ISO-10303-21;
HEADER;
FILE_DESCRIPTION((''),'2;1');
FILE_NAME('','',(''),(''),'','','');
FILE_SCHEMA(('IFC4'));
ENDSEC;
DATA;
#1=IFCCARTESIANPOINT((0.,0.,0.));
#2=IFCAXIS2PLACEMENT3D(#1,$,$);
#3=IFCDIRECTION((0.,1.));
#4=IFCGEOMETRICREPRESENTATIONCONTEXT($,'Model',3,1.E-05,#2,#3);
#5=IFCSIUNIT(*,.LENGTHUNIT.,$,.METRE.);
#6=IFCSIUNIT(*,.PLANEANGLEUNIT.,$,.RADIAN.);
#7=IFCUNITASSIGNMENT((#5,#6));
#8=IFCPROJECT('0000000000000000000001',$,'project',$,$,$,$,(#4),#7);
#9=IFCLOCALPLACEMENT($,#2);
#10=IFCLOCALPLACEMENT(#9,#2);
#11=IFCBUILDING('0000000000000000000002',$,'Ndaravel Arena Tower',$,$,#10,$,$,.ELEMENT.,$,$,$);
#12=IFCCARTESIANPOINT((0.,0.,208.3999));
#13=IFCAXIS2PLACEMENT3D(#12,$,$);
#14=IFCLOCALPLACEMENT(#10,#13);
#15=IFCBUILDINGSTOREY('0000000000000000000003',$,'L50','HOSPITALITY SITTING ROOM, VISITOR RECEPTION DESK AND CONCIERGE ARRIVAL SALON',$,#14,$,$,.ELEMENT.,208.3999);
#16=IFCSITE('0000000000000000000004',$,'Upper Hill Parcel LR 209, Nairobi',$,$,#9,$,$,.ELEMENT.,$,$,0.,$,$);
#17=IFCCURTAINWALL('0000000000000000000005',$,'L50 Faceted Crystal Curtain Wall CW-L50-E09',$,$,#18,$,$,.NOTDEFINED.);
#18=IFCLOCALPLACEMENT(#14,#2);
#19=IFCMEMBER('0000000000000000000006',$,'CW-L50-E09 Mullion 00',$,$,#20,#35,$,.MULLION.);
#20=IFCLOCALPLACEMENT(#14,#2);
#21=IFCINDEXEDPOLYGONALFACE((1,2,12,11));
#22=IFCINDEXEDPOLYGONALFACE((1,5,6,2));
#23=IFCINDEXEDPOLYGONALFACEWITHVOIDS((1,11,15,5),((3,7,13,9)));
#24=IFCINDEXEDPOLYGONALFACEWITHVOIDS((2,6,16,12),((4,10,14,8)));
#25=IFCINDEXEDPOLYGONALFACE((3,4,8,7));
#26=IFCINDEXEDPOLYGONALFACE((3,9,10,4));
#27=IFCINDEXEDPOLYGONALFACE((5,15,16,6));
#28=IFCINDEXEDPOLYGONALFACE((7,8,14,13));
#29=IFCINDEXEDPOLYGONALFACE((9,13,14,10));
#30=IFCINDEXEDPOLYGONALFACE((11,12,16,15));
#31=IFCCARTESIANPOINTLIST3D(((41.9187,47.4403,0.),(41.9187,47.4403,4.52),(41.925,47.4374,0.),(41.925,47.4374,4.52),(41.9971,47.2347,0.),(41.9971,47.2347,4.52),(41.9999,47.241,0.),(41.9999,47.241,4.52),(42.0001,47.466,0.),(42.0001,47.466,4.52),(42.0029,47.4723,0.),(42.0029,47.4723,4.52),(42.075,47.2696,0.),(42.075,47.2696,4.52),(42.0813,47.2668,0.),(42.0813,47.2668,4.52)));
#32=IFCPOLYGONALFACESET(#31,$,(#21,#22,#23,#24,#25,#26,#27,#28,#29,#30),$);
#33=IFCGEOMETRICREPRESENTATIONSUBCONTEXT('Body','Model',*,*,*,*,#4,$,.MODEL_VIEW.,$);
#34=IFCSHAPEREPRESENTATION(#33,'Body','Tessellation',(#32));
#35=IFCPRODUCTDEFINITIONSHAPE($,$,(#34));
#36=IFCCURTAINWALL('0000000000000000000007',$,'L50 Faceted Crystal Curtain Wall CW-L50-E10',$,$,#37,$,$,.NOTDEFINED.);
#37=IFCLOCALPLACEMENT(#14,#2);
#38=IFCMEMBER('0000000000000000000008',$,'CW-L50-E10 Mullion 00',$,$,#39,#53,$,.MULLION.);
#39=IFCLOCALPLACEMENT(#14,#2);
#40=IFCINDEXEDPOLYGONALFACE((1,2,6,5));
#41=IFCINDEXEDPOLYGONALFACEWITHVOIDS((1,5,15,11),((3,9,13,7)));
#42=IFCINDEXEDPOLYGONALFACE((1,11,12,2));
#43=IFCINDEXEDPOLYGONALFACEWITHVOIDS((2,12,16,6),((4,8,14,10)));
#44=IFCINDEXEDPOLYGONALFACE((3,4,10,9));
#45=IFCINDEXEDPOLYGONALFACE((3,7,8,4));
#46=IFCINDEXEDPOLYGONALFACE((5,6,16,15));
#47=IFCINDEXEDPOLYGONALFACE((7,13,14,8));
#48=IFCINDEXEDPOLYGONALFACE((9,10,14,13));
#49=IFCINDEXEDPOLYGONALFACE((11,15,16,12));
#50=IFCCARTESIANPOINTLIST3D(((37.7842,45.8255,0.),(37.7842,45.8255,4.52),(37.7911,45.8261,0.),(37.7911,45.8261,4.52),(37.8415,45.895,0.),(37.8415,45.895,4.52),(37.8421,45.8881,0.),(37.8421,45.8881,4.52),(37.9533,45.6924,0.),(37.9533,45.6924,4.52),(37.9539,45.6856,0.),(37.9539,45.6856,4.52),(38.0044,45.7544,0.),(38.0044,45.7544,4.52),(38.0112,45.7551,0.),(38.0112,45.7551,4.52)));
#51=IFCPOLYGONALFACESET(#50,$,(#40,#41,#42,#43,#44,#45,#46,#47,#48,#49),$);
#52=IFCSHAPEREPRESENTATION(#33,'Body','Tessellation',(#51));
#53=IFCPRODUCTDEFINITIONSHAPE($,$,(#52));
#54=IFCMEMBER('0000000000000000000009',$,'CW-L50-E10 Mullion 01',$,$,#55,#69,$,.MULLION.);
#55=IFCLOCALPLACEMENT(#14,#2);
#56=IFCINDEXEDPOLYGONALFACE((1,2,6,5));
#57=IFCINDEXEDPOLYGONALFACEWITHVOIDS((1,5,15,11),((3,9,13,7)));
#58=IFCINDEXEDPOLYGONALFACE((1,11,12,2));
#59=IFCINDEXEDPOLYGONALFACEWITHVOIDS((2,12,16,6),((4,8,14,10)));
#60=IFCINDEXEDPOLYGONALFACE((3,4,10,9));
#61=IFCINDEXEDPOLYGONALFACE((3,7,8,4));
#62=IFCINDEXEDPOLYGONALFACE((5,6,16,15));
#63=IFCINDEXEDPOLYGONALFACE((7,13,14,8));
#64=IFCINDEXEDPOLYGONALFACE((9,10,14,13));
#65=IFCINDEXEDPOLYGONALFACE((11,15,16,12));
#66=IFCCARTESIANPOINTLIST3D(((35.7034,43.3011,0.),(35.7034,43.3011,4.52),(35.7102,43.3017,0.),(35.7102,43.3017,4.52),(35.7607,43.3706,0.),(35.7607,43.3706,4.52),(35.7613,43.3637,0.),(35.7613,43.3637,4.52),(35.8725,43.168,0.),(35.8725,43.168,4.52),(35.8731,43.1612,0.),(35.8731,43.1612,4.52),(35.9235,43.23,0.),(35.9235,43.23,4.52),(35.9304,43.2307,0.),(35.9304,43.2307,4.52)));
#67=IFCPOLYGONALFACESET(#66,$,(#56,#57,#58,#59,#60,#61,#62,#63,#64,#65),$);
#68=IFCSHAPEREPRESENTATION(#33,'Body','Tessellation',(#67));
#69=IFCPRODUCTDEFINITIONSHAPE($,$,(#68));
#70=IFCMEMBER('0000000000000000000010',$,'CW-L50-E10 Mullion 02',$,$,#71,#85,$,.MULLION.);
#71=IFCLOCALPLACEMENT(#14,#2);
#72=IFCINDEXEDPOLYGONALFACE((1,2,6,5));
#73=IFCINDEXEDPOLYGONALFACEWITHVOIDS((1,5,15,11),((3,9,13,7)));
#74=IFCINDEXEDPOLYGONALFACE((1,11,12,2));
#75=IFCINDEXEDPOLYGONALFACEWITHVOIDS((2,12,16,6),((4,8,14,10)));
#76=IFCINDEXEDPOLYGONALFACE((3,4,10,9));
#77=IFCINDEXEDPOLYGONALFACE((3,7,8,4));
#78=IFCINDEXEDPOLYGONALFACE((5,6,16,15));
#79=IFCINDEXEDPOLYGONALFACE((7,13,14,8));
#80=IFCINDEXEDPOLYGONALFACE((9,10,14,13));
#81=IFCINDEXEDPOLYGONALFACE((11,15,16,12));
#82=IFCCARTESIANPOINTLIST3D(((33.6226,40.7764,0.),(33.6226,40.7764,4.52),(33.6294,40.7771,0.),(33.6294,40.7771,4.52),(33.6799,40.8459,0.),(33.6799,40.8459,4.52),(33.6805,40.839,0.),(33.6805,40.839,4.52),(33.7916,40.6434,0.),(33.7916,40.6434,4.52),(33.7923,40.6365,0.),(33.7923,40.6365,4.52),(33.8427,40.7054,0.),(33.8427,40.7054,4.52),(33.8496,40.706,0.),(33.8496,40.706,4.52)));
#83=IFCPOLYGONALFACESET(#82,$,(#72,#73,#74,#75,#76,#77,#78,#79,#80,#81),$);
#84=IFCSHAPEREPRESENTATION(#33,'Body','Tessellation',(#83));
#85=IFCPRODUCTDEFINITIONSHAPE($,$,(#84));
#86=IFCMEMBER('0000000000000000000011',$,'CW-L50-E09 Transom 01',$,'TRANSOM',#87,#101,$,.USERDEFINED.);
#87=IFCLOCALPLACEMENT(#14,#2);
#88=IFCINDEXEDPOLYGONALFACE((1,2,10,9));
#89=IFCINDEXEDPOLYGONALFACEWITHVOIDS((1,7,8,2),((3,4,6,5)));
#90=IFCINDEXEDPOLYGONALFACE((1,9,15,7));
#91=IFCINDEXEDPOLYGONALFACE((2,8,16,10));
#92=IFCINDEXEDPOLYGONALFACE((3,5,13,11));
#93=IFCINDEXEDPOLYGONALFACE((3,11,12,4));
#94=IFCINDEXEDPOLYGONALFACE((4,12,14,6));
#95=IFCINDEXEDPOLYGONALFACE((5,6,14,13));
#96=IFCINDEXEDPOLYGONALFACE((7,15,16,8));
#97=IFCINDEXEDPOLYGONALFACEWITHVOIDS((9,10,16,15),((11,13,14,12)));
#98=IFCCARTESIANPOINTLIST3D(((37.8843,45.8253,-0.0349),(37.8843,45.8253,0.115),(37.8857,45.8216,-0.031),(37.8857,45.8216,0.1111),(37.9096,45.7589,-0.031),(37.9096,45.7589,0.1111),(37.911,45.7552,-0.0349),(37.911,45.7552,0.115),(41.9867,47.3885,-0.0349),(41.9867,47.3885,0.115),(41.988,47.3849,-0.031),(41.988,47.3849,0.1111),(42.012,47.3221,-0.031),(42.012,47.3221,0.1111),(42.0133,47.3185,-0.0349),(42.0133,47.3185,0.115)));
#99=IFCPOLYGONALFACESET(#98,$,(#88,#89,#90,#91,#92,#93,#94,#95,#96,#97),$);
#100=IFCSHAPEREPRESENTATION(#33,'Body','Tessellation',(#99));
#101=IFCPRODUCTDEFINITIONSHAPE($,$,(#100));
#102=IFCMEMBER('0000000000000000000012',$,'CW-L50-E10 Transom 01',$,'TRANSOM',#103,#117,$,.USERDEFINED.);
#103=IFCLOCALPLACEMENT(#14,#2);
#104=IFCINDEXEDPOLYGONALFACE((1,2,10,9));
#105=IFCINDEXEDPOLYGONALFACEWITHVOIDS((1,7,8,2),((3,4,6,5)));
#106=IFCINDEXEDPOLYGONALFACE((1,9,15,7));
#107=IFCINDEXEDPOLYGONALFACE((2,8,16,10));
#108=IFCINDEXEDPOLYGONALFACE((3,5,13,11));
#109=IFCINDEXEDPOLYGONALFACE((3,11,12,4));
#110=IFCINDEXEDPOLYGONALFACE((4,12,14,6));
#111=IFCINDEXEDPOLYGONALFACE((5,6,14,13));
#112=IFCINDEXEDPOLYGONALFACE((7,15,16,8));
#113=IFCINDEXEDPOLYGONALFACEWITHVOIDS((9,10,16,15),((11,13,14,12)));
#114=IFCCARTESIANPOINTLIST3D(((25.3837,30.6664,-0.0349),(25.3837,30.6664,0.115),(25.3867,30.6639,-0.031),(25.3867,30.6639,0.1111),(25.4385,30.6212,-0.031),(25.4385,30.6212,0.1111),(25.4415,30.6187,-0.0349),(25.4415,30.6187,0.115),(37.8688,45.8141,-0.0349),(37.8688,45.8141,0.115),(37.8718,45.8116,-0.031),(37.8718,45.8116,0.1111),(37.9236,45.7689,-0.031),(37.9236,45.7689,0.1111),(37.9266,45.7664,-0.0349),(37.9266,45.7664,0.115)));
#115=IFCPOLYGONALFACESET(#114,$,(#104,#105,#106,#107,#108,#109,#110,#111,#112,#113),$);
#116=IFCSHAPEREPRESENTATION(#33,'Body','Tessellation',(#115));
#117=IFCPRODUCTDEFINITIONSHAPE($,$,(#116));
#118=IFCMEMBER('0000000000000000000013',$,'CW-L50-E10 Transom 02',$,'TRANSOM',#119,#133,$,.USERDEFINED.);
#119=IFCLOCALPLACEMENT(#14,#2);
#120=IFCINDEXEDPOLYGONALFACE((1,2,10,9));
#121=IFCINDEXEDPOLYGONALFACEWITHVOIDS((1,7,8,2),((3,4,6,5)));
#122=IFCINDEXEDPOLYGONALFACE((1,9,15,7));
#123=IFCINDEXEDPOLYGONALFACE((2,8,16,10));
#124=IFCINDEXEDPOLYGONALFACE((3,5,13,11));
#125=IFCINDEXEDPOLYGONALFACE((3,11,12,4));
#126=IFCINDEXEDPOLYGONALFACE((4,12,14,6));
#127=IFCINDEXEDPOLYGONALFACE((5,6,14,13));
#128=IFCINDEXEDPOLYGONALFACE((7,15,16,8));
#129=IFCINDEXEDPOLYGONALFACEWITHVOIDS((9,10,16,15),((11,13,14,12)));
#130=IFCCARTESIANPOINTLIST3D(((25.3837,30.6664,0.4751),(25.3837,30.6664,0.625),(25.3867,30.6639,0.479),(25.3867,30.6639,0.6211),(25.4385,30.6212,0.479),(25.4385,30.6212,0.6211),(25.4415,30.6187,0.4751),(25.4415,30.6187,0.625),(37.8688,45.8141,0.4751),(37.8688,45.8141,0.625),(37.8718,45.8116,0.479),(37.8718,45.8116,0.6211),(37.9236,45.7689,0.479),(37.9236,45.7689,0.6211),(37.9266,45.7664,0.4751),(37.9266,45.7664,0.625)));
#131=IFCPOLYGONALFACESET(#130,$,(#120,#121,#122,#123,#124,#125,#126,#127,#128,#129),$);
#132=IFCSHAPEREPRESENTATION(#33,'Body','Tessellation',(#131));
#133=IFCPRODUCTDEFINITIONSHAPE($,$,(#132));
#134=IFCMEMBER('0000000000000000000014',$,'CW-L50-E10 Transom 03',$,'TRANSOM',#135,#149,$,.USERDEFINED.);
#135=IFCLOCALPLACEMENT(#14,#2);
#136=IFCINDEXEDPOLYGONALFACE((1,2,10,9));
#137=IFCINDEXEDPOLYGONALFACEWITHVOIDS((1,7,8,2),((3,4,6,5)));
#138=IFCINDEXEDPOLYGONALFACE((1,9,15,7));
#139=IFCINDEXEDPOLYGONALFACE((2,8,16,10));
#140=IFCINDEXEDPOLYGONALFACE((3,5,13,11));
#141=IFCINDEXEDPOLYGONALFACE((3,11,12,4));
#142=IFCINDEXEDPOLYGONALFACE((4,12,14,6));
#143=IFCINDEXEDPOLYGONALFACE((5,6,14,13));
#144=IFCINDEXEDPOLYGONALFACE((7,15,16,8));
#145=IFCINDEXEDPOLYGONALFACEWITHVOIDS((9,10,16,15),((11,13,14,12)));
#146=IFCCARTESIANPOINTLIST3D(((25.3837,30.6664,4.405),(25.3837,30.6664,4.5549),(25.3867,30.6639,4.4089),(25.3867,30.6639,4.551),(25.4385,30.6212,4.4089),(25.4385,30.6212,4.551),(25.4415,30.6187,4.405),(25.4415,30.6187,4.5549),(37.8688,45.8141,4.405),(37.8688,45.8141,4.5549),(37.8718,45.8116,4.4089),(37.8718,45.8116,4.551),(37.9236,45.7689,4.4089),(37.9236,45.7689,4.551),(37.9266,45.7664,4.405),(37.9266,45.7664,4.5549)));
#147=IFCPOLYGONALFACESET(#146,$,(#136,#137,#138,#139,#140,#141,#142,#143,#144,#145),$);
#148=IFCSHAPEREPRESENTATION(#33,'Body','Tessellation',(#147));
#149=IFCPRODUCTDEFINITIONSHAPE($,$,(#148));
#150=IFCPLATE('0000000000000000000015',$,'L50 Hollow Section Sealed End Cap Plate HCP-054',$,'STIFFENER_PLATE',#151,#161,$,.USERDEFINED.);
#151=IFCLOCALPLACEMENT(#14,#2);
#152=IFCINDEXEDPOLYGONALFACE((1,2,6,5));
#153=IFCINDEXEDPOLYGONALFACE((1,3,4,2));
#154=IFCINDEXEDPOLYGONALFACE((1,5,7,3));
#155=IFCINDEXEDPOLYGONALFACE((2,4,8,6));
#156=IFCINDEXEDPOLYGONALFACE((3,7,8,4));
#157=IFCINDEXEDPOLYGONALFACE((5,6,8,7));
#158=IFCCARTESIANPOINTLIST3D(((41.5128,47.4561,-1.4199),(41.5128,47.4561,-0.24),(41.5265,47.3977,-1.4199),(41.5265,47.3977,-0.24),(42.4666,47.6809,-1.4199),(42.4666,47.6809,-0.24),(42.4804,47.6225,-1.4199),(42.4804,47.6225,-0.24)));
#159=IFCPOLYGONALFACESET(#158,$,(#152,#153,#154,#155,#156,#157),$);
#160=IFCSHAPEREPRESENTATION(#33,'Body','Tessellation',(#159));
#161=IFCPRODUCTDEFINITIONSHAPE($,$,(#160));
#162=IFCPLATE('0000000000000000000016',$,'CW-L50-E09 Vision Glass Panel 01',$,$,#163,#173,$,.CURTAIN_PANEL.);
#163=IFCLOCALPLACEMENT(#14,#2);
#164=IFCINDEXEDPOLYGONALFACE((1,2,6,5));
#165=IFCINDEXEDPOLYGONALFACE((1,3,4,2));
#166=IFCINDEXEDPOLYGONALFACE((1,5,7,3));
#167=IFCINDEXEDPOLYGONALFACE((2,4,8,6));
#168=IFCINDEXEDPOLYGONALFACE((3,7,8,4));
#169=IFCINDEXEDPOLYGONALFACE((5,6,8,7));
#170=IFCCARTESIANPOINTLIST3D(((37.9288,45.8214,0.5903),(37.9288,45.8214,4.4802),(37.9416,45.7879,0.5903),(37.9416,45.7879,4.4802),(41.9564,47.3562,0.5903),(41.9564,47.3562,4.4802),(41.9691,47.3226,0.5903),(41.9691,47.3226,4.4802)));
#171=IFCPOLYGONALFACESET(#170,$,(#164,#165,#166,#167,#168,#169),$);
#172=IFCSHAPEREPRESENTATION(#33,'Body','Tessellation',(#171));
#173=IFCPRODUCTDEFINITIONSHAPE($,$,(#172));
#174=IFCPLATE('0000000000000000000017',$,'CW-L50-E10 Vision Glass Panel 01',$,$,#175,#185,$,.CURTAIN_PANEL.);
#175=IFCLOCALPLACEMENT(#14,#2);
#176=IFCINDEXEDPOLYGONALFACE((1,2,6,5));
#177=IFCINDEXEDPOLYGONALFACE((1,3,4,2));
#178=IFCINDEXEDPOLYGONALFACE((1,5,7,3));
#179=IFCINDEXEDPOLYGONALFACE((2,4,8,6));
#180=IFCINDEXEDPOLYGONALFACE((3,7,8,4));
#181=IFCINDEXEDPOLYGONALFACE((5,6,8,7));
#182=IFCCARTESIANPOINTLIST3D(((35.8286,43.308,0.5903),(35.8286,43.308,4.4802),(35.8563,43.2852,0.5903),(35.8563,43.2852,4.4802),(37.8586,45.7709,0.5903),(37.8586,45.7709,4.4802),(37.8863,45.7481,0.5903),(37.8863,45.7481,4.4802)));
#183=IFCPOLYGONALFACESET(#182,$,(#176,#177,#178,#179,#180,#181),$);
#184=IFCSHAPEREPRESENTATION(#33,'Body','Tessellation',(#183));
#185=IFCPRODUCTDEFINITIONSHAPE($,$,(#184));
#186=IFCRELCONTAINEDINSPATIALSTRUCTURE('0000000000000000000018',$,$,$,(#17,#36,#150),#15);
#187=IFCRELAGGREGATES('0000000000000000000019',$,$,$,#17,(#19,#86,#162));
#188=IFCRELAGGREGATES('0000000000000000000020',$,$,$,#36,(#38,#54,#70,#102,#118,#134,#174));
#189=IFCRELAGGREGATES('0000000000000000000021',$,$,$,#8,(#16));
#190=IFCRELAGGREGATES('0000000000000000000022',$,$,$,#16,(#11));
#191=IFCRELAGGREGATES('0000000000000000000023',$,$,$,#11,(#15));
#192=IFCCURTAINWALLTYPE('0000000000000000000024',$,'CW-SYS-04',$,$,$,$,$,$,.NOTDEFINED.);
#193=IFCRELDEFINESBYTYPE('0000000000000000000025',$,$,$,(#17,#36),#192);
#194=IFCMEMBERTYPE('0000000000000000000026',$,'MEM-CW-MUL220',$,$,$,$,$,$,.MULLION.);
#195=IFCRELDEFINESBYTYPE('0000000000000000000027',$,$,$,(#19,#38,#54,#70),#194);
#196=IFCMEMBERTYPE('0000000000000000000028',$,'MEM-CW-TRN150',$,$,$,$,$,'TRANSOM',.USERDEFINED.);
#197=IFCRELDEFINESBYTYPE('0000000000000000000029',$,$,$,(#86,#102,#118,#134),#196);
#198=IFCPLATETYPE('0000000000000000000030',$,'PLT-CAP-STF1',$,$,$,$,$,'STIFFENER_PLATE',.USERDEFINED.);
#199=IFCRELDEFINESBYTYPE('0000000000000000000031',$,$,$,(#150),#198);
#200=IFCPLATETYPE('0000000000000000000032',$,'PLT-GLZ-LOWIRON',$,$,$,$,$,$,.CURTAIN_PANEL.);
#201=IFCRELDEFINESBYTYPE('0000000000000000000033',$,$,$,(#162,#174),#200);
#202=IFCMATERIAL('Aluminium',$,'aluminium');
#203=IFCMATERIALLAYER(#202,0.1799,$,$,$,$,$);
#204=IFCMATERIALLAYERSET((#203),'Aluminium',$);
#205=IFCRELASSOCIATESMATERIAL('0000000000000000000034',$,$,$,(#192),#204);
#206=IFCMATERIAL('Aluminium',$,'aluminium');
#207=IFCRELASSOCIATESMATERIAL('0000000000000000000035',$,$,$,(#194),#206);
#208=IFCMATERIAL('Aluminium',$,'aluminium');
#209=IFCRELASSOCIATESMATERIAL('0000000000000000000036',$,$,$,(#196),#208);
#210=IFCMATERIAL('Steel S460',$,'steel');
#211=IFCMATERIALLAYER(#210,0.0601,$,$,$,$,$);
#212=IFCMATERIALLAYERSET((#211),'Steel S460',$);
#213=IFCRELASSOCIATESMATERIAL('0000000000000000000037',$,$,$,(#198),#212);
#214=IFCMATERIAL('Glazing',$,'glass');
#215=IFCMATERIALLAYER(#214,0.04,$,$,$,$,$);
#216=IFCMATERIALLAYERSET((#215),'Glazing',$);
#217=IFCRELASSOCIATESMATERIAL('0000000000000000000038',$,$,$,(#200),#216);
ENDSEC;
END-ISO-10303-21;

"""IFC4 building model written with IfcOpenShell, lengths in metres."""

from ifc_helpers import new_model, si_unit, direction, frame, origin, origin_2d, place, context, subcontext, project, spatial, rectangle, hollow_rectangle, extrude, material, layer, layer_set, material_profile, profile_set, type_object, element, aggregate, save


model = new_model("IFC4")

# Units and contexts
model_context = context("Model", 3, precision=1e-05, world=origin(), true_north=direction((0.0, 1.0)))
body_context = subcontext(model_context, "Body", "Model", "MODEL_VIEW")
ifc_project = project(units=[si_unit("LENGTHUNIT", "METRE"), si_unit("PLANEANGLEUNIT", "RADIAN")], contexts=[model_context])

# Site, building, storey
site_placement = place(None, origin())
site = spatial("IfcSite", under=ifc_project, at=site_placement, Name="Upper Hill Parcel LR 209, Nairobi", CompositionType="ELEMENT", RefElevation=0.0)
building_placement = place(site_placement, origin())
building = spatial("IfcBuilding", under=site, at=building_placement, Name="Ndaravel Arena Tower", CompositionType="ELEMENT")
storey_placement = place(building_placement, frame((0.0, 0.0, 208.3999)))
storey = spatial("IfcBuildingStorey", under=building, at=storey_placement, Name="L50", Description="HOSPITALITY SITTING ROOM, VISITOR RECEPTION DESK AND CONCIERGE ARRIVAL SALON", CompositionType="ELEMENT", Elevation=208.3999)

# Curtain wall, member
ifc_material_1 = material(Name="Aluminium", Category="aluminium")
ifc_layer_1 = layer(ifc_material_1, 0.1799)
ifc_layer_set_1 = layer_set([ifc_layer_1], Name="Aluminium")
curtain_wall_type = type_object("IfcCurtainWallType", Name="CW-SYS-04", PredefinedType="NOTDEFINED", material=ifc_layer_set_1)
curtain_wall_1_placement = place(storey_placement, origin())
curtain_wall_1 = element("IfcCurtainWall", 1, at=curtain_wall_1_placement, inside=storey, type_object=curtain_wall_type, Name="L50 Faceted Crystal Curtain Wall CW-L50-E09", PredefinedType="NOTDEFINED")
ifc_material_2 = material(Name="Aluminium", Category="aluminium")
ifc_material_profile_1 = material_profile(ifc_material_2, hollow_rectangle(XDim=0.0901, YDim=0.22, WallThickness=0.0049, at=origin_2d()), Name="CW MULLION 90x220x5")
ifc_profile_set_1 = profile_set([ifc_material_profile_1], Name="Aluminium")
member_type_1 = type_object("IfcMemberType", Name="MEM-CW-MUL220", PredefinedType="MULLION", material=ifc_profile_set_1)
member_1_placement = place(storey_placement, frame((42.0, 47.3535, 0.0), z_axis=(0.0, 0.0, 1.0), x_axis=(-0.934453, -0.356086, 0.0)))
member_1 = element("IfcMember", 2, at=member_1_placement, type_object=member_type_1, Name="CW-L50-E09 Mullion 00", PredefinedType="MULLION", context=body_context, shape_type="SweptSolid", body=[
    extrude(hollow_rectangle(XDim=0.0901, YDim=0.22, WallThickness=0.0049, at=origin_2d()), origin(), (0.0, 0.0, 1.0), 4.52),
])

# Curtain wall, members
curtain_wall_2_placement = place(storey_placement, origin())
curtain_wall_2 = element("IfcCurtainWall", 3, at=curtain_wall_2_placement, inside=storey, type_object=curtain_wall_type, Name="L50 Faceted Crystal Curtain Wall CW-L50-E10", PredefinedType="NOTDEFINED")
member_2_placement = place(storey_placement, frame((37.8977, 45.7903, 0.0), z_axis=(0.0, 0.0, 1.0), x_axis=(-0.636024, -0.771669, 0.0)))
member_2 = element("IfcMember", 4, at=member_2_placement, type_object=member_type_1, Name="CW-L50-E10 Mullion 00", PredefinedType="MULLION", context=body_context, shape_type="SweptSolid", body=[
    extrude(hollow_rectangle(XDim=0.0901, YDim=0.22, WallThickness=0.0049, at=origin_2d()), origin(), (0.0, 0.0, 1.0), 4.52),
])
member_3_placement = place(storey_placement, frame((35.8169, 43.2659, 0.0), z_axis=(0.0, 0.0, 1.0), x_axis=(-0.636024, -0.771669, 0.0)))
member_3 = element("IfcMember", 5, at=member_3_placement, type_object=member_type_1, Name="CW-L50-E10 Mullion 01", PredefinedType="MULLION", context=body_context, shape_type="SweptSolid", body=[
    extrude(hollow_rectangle(XDim=0.0901, YDim=0.22, WallThickness=0.0049, at=origin_2d()), origin(), (0.0, 0.0, 1.0), 4.52),
])
member_4_placement = place(storey_placement, frame((33.7361, 40.7412, 0.0), z_axis=(0.0, 0.0, 1.0), x_axis=(-0.636024, -0.771669, 0.0)))
member_4 = element("IfcMember", 6, at=member_4_placement, type_object=member_type_1, Name="CW-L50-E10 Mullion 02", PredefinedType="MULLION", context=body_context, shape_type="SweptSolid", body=[
    extrude(hollow_rectangle(XDim=0.0901, YDim=0.22, WallThickness=0.0049, at=origin_2d()), origin(), (0.0, 0.0, 1.0), 4.52),
])

# Members
ifc_material_3 = material(Name="Aluminium", Category="aluminium")
ifc_material_profile_2 = material_profile(ifc_material_3, hollow_rectangle(XDim=0.075, YDim=0.1499, WallThickness=0.0039, at=origin_2d()), Name="CW TRANSOM 75x150x4")
ifc_profile_set_2 = profile_set([ifc_material_profile_2], Name="Aluminium")
member_type_2 = type_object("IfcMemberType", Name="MEM-CW-TRN150", ElementType="TRANSOM", PredefinedType="USERDEFINED", material=ifc_profile_set_2)
member_5_placement = place(storey_placement, frame((42.0, 47.3535, 0.04), z_axis=(-0.934453, -0.356086, 0.0), x_axis=(0.356086, -0.934453, 0.0)))
member_5 = element("IfcMember", 7, at=member_5_placement, type_object=member_type_2, Name="CW-L50-E09 Transom 01", ObjectType="TRANSOM", PredefinedType="USERDEFINED", context=body_context, shape_type="SweptSolid", body=[
    extrude(hollow_rectangle(XDim=0.075, YDim=0.1499, WallThickness=0.0039, at=origin_2d()), origin(), (0.0, 0.0, 1.0), 4.3901),
])
member_6_placement = place(storey_placement, frame((37.8977, 45.7903, 0.04), z_axis=(-0.636027, -0.771667, 0.0), x_axis=(0.771667, -0.636027, 0.0)))
member_6 = element("IfcMember", 8, at=member_6_placement, type_object=member_type_2, Name="CW-L50-E10 Transom 01", ObjectType="TRANSOM", PredefinedType="USERDEFINED", context=body_context, shape_type="SweptSolid", body=[
    extrude(hollow_rectangle(XDim=0.075, YDim=0.1499, WallThickness=0.0039, at=origin_2d()), origin(), (0.0, 0.0, 1.0), 19.6299),
])
member_7_placement = place(storey_placement, frame((37.8977, 45.7903, 0.55), z_axis=(-0.636027, -0.771667, 0.0), x_axis=(0.771667, -0.636027, 0.0)))
member_7 = element("IfcMember", 9, at=member_7_placement, type_object=member_type_2, Name="CW-L50-E10 Transom 02", ObjectType="TRANSOM", PredefinedType="USERDEFINED", context=body_context, shape_type="SweptSolid", body=[
    extrude(hollow_rectangle(XDim=0.075, YDim=0.1499, WallThickness=0.0039, at=origin_2d()), origin(), (0.0, 0.0, 1.0), 19.6299),
])
member_8_placement = place(storey_placement, frame((37.8977, 45.7903, 4.48), z_axis=(-0.636027, -0.771667, 0.0), x_axis=(0.771667, -0.636027, 0.0)))
member_8 = element("IfcMember", 10, at=member_8_placement, type_object=member_type_2, Name="CW-L50-E10 Transom 03", ObjectType="TRANSOM", PredefinedType="USERDEFINED", context=body_context, shape_type="SweptSolid", body=[
    extrude(hollow_rectangle(XDim=0.075, YDim=0.1499, WallThickness=0.0039, at=origin_2d()), origin(), (0.0, 0.0, 1.0), 19.6299),
])

# Plates
ifc_material_4 = material(Name="Steel S460", Category="steel")
ifc_layer_2 = layer(ifc_material_4, 0.0601)
ifc_layer_set_2 = layer_set([ifc_layer_2], Name="Steel S460")
plate_type_1 = type_object("IfcPlateType", Name="PLT-CAP-STF1", ElementType="STIFFENER_PLATE", PredefinedType="USERDEFINED", material=ifc_layer_set_2)
plate_1_placement = place(storey_placement, frame((41.9966, 47.5393, -1.4199), z_axis=(0.0, 0.0, 1.0), x_axis=(-0.22937, 0.973339, 0.0)))
element("IfcPlate", 11, at=plate_1_placement, inside=storey, type_object=plate_type_1, Name="L50 Hollow Section Sealed End Cap Plate HCP-054", ObjectType="STIFFENER_PLATE", PredefinedType="USERDEFINED", context=body_context, shape_type="SweptSolid", body=[
    extrude(rectangle(XDim=0.0601, YDim=0.98, at=origin_2d()), origin(), (0.0, 0.0, 1.0), 1.1799),
])
ifc_material_5 = material(Name="Glazing", Category="glass")
ifc_layer_3 = layer(ifc_material_5, 0.04)
ifc_layer_set_3 = layer_set([ifc_layer_3], Name="Glazing")
plate_type_2 = type_object("IfcPlateType", Name="PLT-GLZ-LOWIRON", PredefinedType="CURTAIN_PANEL", material=ifc_layer_set_3)
plate_2_placement = place(storey_placement, frame((39.949, 46.572, 0.5903), z_axis=(0.0, 0.0, 1.0), x_axis=(-0.934453, -0.356086, 0.0)))
plate_2 = element("IfcPlate", 12, at=plate_2_placement, type_object=plate_type_2, Name="CW-L50-E09 Vision Glass Panel 01", PredefinedType="CURTAIN_PANEL", context=body_context, shape_type="SweptSolid", body=[
    extrude(rectangle(XDim=4.3101, YDim=0.0359, at=origin_2d()), origin(), (0.0, 0.0, 1.0), 3.8899),
])
plate_3_placement = place(storey_placement, frame((36.8574, 44.5281, 0.5903), z_axis=(0.0, 0.0, 1.0), x_axis=(-0.636024, -0.771669, 0.0)))
plate_3 = element("IfcPlate", 13, at=plate_3_placement, type_object=plate_type_2, Name="CW-L50-E10 Vision Glass Panel 01", PredefinedType="CURTAIN_PANEL", context=body_context, shape_type="SweptSolid", body=[
    extrude(rectangle(XDim=3.1917, YDim=0.0359, at=origin_2d()), origin(), (0.0, 0.0, 1.0), 3.8899),
])
aggregate(curtain_wall_1, [member_1, member_5, plate_2])
aggregate(curtain_wall_2, [member_2, member_3, member_4, member_6, member_7, member_8, plate_3])

save(model, "model.ifc")
